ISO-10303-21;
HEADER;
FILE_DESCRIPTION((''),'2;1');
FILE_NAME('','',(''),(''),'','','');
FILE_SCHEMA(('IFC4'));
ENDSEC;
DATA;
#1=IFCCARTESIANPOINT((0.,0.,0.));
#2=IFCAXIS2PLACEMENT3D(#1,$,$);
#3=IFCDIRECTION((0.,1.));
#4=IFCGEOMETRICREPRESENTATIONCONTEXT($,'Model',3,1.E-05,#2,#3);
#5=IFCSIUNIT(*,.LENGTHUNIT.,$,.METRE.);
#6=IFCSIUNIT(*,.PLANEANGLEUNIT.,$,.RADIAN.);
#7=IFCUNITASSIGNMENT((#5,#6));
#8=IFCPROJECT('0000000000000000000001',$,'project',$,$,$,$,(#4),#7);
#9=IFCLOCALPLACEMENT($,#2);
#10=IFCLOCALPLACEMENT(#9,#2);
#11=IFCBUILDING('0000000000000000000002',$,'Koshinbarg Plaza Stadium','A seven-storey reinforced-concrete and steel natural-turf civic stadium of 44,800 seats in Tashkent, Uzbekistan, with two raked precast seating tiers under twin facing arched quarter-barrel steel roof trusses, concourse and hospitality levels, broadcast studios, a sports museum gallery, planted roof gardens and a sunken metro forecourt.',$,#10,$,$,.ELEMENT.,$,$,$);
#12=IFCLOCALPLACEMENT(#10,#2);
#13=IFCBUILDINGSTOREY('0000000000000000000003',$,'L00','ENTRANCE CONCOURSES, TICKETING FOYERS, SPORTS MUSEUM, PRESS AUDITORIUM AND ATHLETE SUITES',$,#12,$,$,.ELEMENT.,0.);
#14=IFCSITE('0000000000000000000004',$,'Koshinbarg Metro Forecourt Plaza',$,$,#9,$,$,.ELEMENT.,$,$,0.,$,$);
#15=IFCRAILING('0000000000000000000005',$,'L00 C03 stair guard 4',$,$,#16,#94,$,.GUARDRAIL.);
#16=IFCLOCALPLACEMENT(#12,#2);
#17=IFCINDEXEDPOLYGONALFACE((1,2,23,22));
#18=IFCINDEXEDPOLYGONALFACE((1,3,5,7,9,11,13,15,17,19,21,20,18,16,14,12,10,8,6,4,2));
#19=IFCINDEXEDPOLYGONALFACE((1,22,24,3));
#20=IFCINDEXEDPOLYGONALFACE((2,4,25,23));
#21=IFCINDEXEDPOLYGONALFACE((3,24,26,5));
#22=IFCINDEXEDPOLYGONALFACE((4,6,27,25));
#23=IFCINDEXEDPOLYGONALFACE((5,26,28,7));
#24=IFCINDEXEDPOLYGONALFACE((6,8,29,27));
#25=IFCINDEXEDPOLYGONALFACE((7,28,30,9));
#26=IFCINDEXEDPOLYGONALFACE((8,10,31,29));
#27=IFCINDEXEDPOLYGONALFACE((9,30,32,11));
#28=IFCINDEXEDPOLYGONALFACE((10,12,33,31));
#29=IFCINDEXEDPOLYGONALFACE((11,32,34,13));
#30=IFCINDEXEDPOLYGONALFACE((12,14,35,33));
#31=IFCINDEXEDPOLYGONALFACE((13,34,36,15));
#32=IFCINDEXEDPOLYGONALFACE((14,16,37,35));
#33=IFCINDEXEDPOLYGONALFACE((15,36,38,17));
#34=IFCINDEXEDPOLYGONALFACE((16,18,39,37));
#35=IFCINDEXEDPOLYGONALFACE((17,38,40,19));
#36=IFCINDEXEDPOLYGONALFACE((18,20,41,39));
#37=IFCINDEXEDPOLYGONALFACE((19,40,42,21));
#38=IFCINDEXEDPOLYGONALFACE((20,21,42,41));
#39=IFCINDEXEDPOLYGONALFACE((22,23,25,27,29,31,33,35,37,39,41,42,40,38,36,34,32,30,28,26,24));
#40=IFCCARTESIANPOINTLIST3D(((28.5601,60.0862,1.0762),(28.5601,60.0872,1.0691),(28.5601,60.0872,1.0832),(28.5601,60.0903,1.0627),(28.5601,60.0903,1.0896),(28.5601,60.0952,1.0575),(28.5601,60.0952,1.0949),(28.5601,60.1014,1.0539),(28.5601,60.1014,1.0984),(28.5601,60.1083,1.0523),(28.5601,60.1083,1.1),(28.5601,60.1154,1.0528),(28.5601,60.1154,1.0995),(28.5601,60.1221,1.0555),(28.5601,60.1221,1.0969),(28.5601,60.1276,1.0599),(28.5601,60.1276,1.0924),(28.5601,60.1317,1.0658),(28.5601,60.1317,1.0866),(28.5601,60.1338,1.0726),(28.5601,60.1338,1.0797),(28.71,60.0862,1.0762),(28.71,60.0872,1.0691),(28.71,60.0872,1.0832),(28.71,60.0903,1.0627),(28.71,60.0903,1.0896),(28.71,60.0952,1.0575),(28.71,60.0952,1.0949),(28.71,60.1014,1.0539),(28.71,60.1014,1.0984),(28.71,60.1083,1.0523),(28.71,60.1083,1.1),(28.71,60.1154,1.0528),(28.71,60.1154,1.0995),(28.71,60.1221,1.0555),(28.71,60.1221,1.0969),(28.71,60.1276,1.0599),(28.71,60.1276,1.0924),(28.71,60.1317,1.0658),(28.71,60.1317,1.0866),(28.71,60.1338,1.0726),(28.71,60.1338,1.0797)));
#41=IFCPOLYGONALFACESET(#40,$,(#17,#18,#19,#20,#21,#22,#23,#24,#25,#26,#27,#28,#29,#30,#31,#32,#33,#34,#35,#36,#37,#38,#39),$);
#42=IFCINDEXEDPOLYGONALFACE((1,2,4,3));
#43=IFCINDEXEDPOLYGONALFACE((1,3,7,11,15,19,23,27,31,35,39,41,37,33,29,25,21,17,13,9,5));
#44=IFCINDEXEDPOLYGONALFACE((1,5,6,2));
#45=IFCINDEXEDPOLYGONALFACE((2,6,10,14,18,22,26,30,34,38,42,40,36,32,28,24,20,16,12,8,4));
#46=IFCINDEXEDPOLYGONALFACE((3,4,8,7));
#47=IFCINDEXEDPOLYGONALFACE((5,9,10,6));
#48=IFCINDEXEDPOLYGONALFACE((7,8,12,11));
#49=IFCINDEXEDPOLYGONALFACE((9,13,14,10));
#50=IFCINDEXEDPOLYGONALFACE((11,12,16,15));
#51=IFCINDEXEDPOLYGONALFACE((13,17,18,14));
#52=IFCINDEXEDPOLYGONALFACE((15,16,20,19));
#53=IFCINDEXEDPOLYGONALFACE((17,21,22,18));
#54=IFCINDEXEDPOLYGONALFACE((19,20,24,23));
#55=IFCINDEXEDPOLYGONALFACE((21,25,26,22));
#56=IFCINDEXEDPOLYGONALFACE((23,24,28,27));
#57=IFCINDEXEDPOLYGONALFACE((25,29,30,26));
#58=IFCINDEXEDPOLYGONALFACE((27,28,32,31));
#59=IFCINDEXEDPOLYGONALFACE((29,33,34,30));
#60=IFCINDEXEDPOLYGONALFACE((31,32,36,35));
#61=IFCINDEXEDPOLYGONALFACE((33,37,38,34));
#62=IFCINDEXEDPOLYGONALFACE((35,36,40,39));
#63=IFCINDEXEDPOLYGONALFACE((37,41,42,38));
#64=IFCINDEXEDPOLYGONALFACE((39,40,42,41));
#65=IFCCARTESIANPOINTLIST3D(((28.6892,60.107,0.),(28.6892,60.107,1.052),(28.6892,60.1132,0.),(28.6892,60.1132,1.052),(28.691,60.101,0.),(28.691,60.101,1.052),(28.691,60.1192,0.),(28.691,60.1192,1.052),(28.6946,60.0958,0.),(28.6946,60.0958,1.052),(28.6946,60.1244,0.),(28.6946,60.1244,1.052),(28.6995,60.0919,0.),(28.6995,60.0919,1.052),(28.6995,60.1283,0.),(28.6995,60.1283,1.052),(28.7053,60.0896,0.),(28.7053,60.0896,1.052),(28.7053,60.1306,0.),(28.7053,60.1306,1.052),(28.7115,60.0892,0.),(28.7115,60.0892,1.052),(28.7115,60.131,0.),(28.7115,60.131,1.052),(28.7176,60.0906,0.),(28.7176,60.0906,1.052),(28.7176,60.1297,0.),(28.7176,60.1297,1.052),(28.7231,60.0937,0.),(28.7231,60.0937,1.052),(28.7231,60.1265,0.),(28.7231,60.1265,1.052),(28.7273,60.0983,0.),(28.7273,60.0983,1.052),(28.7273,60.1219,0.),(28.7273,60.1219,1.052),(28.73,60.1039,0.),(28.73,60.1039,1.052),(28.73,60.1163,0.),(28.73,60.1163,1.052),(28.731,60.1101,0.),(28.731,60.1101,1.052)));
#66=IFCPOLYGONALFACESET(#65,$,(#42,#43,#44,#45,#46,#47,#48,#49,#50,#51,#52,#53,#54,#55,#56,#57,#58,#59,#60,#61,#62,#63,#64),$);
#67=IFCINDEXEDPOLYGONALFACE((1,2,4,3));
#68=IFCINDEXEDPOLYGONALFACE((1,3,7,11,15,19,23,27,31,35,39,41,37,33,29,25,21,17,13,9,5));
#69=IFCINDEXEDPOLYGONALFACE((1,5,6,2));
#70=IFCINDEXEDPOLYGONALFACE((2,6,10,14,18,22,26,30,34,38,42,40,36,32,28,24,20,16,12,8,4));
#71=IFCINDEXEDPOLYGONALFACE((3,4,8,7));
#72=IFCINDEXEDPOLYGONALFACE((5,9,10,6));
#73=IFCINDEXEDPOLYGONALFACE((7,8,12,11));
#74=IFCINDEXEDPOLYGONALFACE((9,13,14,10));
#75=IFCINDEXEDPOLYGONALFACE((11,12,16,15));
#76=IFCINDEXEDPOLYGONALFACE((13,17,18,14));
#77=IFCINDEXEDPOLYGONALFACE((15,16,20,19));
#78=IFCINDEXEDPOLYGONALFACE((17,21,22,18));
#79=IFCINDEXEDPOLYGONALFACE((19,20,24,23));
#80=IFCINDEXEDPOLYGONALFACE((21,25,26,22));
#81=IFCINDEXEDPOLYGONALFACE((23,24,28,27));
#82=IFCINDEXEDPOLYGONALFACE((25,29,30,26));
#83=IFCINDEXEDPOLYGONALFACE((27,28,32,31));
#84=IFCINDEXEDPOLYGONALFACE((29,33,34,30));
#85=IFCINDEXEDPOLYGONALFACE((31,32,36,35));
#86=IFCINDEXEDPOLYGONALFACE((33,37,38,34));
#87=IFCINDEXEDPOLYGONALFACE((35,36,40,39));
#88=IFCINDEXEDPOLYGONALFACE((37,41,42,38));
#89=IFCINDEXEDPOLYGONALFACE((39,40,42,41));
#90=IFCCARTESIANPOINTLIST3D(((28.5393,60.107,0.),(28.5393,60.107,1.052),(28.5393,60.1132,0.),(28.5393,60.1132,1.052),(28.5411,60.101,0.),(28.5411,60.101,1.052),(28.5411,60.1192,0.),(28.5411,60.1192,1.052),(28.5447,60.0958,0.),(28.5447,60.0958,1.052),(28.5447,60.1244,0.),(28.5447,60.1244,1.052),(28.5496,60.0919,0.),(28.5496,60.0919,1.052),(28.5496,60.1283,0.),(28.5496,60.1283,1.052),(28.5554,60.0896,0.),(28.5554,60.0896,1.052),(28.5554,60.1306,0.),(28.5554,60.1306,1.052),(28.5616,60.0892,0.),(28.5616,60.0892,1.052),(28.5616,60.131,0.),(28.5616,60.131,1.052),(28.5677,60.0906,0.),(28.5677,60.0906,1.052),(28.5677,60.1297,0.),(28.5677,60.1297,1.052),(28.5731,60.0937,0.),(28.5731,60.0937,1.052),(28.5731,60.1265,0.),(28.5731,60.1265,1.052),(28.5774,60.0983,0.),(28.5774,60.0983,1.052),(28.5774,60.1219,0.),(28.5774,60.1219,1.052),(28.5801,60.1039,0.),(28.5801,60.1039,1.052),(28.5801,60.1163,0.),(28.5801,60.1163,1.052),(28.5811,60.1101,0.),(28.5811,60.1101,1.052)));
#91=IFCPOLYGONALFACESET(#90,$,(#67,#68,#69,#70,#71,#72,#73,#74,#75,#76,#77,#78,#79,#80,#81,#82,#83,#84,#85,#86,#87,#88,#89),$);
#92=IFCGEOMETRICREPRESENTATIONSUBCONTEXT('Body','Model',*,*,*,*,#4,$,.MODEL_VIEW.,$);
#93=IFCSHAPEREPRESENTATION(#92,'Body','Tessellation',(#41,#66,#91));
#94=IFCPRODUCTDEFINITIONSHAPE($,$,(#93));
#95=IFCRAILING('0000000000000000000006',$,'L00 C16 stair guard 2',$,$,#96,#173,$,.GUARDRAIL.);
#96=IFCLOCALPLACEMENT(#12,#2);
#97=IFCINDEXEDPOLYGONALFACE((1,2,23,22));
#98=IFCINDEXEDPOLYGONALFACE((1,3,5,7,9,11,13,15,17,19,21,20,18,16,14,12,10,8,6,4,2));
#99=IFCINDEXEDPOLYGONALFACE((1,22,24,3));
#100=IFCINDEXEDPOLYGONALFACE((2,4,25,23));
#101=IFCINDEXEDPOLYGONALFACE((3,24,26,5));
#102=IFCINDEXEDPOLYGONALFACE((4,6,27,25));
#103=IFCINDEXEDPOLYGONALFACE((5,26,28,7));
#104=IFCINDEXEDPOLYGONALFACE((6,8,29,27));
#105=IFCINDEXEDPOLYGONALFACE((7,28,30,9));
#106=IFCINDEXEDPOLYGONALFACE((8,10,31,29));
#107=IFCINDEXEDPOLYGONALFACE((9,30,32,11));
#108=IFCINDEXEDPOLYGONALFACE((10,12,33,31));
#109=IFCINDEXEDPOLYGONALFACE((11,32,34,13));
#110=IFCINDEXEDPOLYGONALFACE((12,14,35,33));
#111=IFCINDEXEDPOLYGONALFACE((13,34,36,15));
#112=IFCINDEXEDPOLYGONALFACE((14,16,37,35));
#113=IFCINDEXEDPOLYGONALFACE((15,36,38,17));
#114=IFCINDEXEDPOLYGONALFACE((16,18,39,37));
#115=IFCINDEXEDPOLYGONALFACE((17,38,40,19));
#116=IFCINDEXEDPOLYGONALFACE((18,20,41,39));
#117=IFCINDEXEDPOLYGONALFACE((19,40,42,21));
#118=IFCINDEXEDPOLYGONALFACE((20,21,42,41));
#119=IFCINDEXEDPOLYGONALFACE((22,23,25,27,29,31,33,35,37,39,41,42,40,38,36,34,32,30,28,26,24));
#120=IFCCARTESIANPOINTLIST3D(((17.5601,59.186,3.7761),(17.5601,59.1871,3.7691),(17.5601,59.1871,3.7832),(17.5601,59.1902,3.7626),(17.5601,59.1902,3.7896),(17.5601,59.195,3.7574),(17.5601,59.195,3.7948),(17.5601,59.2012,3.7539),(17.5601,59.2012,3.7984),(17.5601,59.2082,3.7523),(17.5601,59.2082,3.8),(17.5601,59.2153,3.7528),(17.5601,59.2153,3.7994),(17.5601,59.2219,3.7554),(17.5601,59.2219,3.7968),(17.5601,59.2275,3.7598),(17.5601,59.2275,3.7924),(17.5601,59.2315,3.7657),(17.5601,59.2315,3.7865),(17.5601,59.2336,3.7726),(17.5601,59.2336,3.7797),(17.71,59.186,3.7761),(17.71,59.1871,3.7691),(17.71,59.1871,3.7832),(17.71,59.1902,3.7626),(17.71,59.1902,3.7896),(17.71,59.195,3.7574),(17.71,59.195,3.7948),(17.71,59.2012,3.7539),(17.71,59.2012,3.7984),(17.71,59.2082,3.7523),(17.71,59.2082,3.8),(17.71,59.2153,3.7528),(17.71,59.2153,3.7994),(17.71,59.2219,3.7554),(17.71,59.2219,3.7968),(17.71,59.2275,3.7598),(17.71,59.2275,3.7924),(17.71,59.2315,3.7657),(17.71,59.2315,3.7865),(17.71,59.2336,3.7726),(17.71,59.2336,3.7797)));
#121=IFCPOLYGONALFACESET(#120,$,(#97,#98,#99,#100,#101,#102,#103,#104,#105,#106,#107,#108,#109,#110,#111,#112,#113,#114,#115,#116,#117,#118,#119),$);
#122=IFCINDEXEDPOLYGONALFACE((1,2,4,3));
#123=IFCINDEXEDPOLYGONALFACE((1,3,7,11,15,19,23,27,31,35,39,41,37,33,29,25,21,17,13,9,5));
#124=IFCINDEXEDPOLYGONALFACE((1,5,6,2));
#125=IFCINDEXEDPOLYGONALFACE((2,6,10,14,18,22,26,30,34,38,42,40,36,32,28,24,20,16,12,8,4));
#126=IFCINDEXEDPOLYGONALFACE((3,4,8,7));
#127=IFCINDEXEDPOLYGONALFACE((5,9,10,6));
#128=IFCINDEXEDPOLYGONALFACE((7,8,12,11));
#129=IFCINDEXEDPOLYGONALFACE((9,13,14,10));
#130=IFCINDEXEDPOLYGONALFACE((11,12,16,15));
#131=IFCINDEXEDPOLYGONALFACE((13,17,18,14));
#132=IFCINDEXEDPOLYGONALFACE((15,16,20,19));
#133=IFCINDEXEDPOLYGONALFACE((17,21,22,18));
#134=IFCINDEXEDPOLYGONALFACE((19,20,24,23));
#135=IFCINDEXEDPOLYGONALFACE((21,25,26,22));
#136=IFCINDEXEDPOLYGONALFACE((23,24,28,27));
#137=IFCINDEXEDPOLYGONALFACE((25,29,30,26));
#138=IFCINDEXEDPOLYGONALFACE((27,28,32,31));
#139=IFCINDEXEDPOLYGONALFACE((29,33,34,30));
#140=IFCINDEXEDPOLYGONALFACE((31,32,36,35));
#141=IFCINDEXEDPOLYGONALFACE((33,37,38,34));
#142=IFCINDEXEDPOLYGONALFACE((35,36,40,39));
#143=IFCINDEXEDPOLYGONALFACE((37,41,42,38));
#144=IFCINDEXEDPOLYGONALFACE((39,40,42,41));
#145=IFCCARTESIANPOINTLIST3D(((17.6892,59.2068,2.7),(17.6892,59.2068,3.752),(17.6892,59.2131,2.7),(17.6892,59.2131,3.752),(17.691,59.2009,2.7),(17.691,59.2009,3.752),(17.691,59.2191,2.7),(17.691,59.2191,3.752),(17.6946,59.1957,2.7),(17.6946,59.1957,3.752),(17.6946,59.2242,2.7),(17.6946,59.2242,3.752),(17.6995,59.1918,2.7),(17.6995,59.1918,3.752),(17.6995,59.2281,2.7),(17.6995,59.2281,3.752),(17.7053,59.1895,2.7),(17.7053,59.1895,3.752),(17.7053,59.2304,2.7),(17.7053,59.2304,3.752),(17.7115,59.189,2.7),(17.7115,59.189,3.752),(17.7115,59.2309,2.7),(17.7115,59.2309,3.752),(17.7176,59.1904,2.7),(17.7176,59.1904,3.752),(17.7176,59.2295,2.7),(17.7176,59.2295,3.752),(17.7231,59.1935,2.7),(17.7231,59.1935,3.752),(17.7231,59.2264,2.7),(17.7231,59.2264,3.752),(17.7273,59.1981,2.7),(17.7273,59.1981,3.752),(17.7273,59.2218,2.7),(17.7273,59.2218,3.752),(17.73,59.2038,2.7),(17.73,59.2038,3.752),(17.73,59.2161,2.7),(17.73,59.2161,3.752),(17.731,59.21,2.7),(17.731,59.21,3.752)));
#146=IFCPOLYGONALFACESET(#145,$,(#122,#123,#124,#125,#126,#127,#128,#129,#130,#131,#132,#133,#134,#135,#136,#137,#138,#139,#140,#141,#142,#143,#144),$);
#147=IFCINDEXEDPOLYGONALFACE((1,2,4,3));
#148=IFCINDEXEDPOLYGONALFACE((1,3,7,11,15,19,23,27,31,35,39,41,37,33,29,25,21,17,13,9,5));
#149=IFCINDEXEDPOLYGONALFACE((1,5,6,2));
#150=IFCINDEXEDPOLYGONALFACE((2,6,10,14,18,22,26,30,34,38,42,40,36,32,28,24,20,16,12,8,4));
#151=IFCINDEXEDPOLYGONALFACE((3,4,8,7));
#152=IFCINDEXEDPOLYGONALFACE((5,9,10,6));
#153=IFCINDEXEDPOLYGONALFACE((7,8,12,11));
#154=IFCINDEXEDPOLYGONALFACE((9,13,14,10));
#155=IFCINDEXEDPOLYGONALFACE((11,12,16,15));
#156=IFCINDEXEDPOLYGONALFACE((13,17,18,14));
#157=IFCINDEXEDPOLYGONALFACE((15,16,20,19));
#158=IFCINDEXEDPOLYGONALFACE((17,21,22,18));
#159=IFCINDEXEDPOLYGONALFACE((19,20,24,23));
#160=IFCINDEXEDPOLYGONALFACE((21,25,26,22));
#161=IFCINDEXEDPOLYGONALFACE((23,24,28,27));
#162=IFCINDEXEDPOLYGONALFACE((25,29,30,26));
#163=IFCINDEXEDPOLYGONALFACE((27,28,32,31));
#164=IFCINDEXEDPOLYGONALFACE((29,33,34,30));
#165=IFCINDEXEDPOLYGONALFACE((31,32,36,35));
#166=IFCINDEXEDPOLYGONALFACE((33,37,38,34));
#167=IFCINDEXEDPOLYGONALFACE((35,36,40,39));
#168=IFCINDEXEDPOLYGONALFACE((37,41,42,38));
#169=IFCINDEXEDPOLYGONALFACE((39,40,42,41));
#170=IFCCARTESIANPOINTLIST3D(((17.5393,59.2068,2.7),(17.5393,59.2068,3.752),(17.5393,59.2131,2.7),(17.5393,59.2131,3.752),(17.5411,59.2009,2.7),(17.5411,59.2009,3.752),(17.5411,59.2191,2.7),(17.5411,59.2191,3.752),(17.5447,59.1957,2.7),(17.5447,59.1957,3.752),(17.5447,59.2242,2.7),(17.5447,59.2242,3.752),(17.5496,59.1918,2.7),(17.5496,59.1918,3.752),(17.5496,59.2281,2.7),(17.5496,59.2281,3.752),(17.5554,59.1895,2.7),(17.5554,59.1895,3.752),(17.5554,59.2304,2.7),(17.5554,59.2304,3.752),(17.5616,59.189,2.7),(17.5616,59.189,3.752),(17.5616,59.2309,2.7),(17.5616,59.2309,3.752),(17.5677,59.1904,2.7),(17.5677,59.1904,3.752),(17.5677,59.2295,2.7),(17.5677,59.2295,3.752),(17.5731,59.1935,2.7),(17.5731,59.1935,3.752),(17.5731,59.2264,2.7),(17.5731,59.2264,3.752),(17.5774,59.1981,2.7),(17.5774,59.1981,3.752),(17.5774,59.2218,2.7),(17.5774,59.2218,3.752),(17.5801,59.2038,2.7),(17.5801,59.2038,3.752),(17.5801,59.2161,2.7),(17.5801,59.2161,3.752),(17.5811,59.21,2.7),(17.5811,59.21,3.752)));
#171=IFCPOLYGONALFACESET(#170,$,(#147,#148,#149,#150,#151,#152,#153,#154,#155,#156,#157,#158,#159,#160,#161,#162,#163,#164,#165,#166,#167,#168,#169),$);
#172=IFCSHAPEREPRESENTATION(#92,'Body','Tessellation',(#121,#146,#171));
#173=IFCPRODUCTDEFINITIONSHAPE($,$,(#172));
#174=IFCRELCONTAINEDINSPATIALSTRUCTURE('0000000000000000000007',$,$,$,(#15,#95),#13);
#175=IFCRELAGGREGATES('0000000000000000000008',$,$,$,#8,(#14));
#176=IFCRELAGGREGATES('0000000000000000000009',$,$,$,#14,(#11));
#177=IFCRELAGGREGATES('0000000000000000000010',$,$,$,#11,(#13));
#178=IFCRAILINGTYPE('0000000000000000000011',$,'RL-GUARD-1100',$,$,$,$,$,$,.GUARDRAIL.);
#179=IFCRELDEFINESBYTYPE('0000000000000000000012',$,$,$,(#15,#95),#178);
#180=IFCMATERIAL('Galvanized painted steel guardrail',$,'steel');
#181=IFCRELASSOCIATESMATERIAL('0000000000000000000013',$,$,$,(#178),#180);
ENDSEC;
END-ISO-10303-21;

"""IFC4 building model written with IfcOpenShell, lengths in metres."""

from ifc_helpers import new_model, si_unit, direction, frame, origin, origin_2d, place, context, subcontext, project, spatial, circle, extrude, material, type_object, element, save


model = new_model("IFC4")

# Units and contexts
model_context = context("Model", 3, precision=1e-05, world=origin(), true_north=direction((0.0, 1.0)))
body_context = subcontext(model_context, "Body", "Model", "MODEL_VIEW")
ifc_project = project(units=[si_unit("LENGTHUNIT", "METRE"), si_unit("PLANEANGLEUNIT", "RADIAN")], contexts=[model_context])

# Site, building, storey
site_placement = place(None, origin())
site = spatial("IfcSite", under=ifc_project, at=site_placement, Name="Koshinbarg Metro Forecourt Plaza", CompositionType="ELEMENT", RefElevation=0.0)
building_placement = place(site_placement, origin())
building = spatial("IfcBuilding", under=site, at=building_placement, Name="Koshinbarg Plaza Stadium", Description="A seven-storey reinforced-concrete and steel natural-turf civic stadium of 44,800 seats in Tashkent, Uzbekistan, with two raked precast seating tiers under twin facing arched quarter-barrel steel roof trusses, concourse and hospitality levels, broadcast studios, a sports museum gallery, planted roof gardens and a sunken metro forecourt.", CompositionType="ELEMENT")
storey_placement = place(building_placement, origin())
storey = spatial("IfcBuildingStorey", under=building, at=storey_placement, Name="L00", Description="ENTRANCE CONCOURSES, TICKETING FOYERS, SPORTS MUSEUM, PRESS AUDITORIUM AND ATHLETE SUITES", CompositionType="ELEMENT", Elevation=0.0)

# Railings
ifc_material_1 = material(Name="Galvanized painted steel guardrail", Category="steel")
railing_type_1 = type_object("IfcRailingType", Name="RL-GUARD-1100", PredefinedType="GUARDRAIL", material=ifc_material_1)
for number, where, name in (
    (1, (28.71, 60.1101, 0.0), "L00 C03 stair guard 4"),
    (2, (17.71, 59.21, 2.7), "L00 C16 stair guard 2"),
):
    element("IfcRailing", number, at=place(storey_placement, frame(where)), inside=storey, type_object=railing_type_1, Name=name, PredefinedType="GUARDRAIL", context=body_context, shape_type="SweptSolid", body=[
        extrude(circle(Radius=0.0239, at=origin_2d()), frame((0.0, 0.0, 1.0762), z_axis=(-1.0, 0.0, 0.0), x_axis=(0.0, -1.0, 0.0)), (0.0, 0.0, 1.0), 0.1499),
        extrude(circle(Radius=0.021, at=origin_2d()), origin(), (0.0, 0.0, 1.0), 1.052),
        extrude(circle(Radius=0.021, at=origin_2d()), frame((-0.1499, 0.0, 0.0)), (0.0, 0.0, 1.0), 1.052),
    ])

save(model, "model.ifc")
